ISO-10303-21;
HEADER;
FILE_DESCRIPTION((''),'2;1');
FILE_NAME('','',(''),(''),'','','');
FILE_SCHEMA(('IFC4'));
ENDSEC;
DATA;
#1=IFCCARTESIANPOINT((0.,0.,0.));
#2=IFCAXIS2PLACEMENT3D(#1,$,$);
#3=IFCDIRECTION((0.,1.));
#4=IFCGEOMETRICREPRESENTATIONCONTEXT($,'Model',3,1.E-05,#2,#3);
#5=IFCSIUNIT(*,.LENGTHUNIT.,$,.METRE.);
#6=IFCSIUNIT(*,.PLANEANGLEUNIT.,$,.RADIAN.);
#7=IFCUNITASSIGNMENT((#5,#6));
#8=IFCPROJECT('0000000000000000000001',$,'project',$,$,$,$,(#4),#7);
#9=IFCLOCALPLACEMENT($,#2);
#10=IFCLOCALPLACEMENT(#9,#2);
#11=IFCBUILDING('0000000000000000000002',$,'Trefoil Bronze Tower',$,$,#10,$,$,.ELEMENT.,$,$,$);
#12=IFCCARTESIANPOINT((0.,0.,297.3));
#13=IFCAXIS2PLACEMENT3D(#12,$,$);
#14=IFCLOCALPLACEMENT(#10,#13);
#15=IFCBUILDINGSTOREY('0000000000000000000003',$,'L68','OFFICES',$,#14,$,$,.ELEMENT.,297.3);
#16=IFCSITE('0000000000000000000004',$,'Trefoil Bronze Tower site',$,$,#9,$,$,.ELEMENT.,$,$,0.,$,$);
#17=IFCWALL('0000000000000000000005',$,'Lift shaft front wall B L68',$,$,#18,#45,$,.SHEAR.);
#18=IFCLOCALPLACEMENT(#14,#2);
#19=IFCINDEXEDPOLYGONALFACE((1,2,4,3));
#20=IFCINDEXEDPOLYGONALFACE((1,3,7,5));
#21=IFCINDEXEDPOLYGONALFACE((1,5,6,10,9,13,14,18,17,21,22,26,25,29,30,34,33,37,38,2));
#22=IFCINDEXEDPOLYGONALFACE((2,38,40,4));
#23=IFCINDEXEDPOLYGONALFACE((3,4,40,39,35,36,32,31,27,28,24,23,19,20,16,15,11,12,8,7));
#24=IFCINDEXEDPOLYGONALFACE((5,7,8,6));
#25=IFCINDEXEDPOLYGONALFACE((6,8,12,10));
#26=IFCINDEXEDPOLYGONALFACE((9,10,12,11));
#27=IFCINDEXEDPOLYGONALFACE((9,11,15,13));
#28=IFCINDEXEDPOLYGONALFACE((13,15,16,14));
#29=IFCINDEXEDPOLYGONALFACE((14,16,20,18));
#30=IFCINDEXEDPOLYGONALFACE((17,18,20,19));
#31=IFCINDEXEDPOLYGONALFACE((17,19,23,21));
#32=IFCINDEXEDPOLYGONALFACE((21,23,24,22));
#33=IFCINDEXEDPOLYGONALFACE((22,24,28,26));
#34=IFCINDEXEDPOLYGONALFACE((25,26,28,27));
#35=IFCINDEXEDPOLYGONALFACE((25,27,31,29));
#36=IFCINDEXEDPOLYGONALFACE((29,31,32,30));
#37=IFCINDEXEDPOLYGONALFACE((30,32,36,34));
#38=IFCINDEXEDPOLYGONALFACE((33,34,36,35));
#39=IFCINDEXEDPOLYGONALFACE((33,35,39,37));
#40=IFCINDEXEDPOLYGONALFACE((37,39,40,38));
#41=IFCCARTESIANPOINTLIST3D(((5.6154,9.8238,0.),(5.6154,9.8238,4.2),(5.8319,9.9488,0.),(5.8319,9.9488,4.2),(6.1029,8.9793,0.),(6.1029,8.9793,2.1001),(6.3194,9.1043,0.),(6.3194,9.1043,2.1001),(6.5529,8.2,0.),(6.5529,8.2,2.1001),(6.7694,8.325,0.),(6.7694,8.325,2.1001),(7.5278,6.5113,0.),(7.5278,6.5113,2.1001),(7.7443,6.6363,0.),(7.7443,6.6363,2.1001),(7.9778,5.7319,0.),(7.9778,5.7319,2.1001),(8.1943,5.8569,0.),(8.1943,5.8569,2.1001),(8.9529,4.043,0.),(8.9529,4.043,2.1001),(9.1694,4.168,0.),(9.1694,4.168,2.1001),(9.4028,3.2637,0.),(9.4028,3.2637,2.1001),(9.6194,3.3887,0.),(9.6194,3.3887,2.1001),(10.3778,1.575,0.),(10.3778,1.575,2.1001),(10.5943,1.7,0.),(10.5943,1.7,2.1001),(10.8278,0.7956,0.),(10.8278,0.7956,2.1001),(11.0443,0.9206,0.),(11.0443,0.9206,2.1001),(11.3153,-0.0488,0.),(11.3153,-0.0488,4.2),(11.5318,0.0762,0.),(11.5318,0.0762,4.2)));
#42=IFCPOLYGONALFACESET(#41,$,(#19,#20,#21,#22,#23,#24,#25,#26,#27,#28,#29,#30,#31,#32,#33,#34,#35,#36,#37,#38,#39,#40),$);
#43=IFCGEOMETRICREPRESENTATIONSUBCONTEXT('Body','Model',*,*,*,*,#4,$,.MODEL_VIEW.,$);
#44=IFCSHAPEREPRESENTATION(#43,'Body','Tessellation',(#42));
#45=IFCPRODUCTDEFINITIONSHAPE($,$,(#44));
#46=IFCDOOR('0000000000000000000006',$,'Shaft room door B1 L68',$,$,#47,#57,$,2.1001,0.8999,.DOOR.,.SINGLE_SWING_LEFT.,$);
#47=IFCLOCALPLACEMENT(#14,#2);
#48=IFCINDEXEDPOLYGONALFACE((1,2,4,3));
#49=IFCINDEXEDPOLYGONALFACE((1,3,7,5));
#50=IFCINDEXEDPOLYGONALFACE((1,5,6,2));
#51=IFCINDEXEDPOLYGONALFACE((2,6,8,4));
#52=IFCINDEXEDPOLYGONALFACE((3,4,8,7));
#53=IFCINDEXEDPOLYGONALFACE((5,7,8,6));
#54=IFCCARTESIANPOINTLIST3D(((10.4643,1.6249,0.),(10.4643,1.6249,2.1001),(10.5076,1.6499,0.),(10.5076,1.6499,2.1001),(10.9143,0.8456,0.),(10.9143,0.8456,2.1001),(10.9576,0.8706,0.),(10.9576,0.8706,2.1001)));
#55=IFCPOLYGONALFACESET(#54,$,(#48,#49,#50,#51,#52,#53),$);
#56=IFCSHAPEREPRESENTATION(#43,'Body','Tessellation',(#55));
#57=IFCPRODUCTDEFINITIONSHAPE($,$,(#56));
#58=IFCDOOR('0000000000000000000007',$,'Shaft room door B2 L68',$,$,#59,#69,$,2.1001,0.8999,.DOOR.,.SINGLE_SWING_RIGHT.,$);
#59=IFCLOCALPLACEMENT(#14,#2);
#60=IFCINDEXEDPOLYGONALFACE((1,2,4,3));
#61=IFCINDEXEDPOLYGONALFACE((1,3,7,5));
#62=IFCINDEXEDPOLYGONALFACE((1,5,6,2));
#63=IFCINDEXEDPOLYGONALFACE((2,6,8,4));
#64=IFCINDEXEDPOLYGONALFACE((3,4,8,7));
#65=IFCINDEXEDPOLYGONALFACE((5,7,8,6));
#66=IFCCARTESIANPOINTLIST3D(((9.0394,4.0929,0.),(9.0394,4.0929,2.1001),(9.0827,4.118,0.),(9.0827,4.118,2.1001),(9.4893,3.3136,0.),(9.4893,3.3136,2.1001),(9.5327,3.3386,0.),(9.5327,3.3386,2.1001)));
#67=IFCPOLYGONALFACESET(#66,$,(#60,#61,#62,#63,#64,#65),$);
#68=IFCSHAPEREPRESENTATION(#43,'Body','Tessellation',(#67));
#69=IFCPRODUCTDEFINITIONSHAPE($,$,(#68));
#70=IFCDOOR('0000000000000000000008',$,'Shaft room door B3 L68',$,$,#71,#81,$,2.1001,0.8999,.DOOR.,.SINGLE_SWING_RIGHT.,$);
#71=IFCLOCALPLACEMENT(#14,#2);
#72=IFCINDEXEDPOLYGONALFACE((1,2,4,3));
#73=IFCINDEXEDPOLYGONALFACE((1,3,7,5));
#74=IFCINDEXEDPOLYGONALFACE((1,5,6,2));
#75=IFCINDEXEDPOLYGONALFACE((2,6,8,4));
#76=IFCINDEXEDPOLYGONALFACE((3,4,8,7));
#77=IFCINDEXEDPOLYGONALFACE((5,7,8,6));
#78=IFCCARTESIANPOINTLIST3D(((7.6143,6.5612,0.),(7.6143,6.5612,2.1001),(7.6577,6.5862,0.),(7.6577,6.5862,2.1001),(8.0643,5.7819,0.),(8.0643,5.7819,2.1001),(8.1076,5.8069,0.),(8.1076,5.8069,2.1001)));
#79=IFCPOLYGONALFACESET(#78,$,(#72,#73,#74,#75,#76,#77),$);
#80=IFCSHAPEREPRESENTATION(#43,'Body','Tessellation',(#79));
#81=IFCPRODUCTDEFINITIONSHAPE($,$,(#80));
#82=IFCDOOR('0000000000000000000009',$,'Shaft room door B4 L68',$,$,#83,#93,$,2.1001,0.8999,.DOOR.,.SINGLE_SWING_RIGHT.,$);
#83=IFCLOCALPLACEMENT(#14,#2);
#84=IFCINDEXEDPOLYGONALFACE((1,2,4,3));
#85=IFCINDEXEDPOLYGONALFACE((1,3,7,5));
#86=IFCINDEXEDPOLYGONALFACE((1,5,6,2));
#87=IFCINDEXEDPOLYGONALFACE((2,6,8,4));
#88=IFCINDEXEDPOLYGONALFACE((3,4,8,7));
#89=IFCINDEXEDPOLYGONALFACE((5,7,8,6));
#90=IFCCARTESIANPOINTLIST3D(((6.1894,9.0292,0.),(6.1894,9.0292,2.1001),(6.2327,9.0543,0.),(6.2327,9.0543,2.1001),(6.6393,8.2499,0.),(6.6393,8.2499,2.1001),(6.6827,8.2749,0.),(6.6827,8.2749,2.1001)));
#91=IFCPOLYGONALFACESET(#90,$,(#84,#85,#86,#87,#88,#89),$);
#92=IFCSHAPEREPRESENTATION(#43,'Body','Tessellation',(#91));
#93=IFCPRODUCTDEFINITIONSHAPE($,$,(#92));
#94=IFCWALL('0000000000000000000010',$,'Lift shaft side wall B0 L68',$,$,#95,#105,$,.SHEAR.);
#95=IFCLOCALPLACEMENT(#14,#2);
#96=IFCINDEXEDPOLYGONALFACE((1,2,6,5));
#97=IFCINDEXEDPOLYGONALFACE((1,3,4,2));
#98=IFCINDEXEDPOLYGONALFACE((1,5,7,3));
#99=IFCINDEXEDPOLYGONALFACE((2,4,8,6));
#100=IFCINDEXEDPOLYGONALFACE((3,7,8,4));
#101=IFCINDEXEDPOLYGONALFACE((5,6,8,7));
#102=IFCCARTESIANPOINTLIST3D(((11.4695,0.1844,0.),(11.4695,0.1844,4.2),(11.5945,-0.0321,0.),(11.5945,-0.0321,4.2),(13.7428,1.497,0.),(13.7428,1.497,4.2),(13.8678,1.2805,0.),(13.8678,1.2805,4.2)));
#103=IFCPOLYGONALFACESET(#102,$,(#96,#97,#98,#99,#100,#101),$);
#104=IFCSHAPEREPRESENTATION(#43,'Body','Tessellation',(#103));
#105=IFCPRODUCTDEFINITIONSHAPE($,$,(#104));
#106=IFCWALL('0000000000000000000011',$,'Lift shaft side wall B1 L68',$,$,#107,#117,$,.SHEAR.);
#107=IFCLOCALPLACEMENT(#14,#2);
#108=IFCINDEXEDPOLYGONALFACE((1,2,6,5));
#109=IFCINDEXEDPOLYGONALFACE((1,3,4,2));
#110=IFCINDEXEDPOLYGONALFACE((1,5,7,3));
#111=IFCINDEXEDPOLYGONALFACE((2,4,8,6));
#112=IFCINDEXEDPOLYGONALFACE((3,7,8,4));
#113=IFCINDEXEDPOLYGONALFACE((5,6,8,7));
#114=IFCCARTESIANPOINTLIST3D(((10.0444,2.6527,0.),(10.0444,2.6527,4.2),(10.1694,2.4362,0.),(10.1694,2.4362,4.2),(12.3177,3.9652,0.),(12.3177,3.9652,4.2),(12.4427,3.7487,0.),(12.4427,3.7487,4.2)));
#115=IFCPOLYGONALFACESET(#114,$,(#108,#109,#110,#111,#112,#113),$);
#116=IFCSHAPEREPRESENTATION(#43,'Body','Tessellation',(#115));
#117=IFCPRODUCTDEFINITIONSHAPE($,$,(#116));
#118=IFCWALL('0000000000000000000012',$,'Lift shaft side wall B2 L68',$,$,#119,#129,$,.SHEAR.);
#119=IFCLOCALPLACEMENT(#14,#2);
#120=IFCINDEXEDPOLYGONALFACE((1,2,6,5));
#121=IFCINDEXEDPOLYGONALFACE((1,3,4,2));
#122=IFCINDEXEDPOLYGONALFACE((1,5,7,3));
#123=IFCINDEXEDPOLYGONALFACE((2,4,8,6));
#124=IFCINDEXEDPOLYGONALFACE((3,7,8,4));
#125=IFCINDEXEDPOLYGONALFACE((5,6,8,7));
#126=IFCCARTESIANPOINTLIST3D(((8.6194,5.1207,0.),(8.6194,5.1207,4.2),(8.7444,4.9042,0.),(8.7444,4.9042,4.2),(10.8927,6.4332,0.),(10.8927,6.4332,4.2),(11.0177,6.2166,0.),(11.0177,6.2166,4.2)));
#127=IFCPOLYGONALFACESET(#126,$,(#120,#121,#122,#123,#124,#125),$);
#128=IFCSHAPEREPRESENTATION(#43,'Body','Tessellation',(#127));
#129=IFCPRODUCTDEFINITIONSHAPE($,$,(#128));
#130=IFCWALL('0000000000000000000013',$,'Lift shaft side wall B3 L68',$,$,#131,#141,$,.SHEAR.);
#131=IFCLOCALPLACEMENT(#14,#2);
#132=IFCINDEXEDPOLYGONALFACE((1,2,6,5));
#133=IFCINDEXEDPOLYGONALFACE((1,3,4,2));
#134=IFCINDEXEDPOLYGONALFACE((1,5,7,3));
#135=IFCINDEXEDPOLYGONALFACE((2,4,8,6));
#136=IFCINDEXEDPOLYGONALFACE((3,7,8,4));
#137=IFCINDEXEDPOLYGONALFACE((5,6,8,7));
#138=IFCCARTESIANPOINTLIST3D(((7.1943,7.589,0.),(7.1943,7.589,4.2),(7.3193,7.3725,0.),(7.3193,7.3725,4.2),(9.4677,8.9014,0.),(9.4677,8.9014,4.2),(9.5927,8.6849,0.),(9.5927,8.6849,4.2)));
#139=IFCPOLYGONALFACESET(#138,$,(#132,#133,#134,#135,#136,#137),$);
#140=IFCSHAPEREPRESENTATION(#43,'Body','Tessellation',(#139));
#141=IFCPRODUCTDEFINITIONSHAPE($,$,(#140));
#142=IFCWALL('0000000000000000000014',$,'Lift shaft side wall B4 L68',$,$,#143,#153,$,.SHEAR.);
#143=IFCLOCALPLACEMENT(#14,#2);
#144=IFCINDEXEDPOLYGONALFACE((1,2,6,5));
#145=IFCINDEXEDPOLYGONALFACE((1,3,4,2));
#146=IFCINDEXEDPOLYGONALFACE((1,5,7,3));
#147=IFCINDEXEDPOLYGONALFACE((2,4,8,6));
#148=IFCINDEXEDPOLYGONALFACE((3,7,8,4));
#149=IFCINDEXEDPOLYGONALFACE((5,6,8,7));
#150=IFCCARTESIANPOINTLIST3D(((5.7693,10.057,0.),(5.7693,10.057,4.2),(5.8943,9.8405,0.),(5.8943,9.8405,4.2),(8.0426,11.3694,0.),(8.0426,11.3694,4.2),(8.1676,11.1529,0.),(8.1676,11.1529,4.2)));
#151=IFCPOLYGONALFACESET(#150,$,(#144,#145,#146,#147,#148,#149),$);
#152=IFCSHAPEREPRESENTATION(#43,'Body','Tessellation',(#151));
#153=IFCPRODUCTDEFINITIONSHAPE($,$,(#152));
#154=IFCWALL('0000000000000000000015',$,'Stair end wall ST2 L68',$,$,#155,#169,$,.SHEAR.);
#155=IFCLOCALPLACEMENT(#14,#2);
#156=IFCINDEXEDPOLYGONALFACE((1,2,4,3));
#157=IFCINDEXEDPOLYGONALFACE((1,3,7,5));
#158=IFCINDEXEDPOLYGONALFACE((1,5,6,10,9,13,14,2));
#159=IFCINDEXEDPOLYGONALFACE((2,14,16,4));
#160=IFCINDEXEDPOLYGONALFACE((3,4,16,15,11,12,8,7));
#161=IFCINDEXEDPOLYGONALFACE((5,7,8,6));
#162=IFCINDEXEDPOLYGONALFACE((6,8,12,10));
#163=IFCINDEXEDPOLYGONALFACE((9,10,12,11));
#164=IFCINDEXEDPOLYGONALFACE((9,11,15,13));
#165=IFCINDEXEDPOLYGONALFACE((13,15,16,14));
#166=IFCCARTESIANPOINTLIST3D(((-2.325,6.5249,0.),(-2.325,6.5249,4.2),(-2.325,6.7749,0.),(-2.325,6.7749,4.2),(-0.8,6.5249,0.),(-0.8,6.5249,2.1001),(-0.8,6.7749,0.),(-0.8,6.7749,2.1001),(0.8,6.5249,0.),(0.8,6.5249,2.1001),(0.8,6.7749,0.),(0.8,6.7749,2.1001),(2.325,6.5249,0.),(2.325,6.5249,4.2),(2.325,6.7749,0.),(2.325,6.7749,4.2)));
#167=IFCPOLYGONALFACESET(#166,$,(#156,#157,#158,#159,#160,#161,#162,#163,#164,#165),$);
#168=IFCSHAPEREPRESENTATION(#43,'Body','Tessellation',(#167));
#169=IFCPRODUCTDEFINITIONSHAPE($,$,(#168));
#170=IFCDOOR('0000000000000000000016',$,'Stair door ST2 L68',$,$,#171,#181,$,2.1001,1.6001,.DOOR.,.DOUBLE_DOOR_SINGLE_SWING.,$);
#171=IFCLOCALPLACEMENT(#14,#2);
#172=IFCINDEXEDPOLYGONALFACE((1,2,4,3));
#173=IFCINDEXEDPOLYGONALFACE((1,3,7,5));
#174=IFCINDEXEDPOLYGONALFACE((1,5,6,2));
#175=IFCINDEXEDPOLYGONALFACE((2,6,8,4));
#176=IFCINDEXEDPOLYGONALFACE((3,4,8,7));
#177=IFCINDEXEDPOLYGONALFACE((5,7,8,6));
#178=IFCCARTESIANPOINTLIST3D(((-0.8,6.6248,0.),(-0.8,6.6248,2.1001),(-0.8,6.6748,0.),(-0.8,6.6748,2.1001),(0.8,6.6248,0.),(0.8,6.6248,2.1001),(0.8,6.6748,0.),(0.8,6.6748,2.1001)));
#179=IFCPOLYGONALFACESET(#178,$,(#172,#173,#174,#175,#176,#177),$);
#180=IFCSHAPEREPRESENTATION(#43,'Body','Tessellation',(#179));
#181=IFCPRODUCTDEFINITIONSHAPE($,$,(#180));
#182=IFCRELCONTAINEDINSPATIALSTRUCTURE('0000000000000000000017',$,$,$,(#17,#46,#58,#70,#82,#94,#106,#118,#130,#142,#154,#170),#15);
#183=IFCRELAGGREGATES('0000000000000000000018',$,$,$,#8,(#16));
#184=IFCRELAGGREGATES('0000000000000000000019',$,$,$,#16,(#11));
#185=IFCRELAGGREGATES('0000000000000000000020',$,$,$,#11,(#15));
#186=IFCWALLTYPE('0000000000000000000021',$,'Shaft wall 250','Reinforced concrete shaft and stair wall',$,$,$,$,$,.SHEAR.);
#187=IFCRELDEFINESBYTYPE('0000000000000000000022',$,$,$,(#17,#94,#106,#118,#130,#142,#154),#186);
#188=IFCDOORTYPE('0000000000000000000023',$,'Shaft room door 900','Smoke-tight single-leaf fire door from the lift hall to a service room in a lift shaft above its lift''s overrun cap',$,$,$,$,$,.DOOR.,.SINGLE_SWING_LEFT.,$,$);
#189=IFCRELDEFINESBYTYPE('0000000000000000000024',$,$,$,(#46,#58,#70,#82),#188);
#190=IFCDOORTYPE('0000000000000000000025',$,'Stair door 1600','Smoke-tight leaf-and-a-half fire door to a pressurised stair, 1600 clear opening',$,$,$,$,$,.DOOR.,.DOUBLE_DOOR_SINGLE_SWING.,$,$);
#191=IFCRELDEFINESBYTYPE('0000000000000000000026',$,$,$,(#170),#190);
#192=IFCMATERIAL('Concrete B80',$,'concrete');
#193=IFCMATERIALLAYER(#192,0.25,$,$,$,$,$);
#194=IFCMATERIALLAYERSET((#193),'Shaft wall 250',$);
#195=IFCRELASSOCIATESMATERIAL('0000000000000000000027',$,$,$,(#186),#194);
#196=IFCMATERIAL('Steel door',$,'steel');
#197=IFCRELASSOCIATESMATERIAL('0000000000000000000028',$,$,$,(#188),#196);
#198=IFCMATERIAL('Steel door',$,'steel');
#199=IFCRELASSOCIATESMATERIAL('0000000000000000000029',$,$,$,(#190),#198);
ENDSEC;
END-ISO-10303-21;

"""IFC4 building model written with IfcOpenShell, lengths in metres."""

from ifc_helpers import new_model, si_unit, direction, frame, frame_2d, origin, place, context, subcontext, project, spatial, rectangle, extrude, material, layer, layer_set, type_object, element, fill, save


model = new_model("IFC4")

# Units and contexts
model_context = context("Model", 3, precision=1e-05, world=origin(), true_north=direction((0.0, 1.0)))
body_context = subcontext(model_context, "Body", "Model", "MODEL_VIEW")
ifc_project = project(units=[si_unit("LENGTHUNIT", "METRE"), si_unit("PLANEANGLEUNIT", "RADIAN")], contexts=[model_context])

# Site, building, storey
site_placement = place(None, origin())
site = spatial("IfcSite", under=ifc_project, at=site_placement, Name="Trefoil Bronze Tower site", CompositionType="ELEMENT", RefElevation=0.0)
building_placement = place(site_placement, origin())
building = spatial("IfcBuilding", under=site, at=building_placement, Name="Trefoil Bronze Tower", CompositionType="ELEMENT")
storey_placement = place(building_placement, frame((0.0, 0.0, 297.3)))
storey = spatial("IfcBuildingStorey", under=building, at=storey_placement, Name="L68", Description="OFFICES", CompositionType="ELEMENT", Elevation=297.3)

# Wall, openings, doors
ifc_material_1 = material(Name="Concrete B80", Category="concrete")
ifc_layer_1 = layer(ifc_material_1, 0.25)
ifc_layer_set_1 = layer_set([ifc_layer_1], Name="Shaft wall 250")
wall_type_1 = type_object("IfcWallType", Name="Shaft wall 250", Description="Reinforced concrete shaft and stair wall", PredefinedType="SHEAR", material=ifc_layer_set_1)
wall_1_placement = place(storey_placement, frame((11.4236, 0.0137, 0.0), z_axis=(0.0, 0.0, 1.0), x_axis=(-0.500002, 0.866024, 0.0)))
wall_1 = element("IfcWall", 1, at=wall_1_placement, inside=storey, type_object=wall_type_1, Name="Lift shaft front wall B L68", PredefinedType="SHEAR", context=body_context, shape_type="SweptSolid", body=[
    extrude(rectangle(XDim=11.3999, YDim=0.25, at=frame_2d((5.7, 0.0))), origin(), (0.0, 0.0, 1.0), 4.2),
])
opening_1_placement = place(wall_1_placement, frame((0.9751, 0.0, 0.0)))
opening_1 = element("IfcOpeningElement", 2, at=opening_1_placement, cuts=wall_1, PredefinedType="OPENING", context=body_context, shape_type="SweptSolid", body=[
    extrude(rectangle(XDim=0.8999, YDim=2.1001, at=frame_2d((0.45, 1.05))), frame((0.0, 0.135, 0.0), z_axis=(0.0, -1.0, 0.0), x_axis=(1.0, 0.0, 0.0)), (0.0, 0.0, 1.0), 0.27),
])
opening_2_placement = place(wall_1_placement, frame((3.825, 0.0, 0.0)))
opening_2 = element("IfcOpeningElement", 3, at=opening_2_placement, cuts=wall_1, PredefinedType="OPENING", context=body_context, shape_type="SweptSolid", body=[
    extrude(rectangle(XDim=0.8999, YDim=2.1001, at=frame_2d((0.45, 1.05))), frame((0.0, 0.135, 0.0), z_axis=(0.0, -1.0, 0.0), x_axis=(1.0, 0.0, 0.0)), (0.0, 0.0, 1.0), 0.27),
])
opening_3_placement = place(wall_1_placement, frame((6.675, 0.0, 0.0)))
opening_3 = element("IfcOpeningElement", 4, at=opening_3_placement, cuts=wall_1, PredefinedType="OPENING", context=body_context, shape_type="SweptSolid", body=[
    extrude(rectangle(XDim=0.8999, YDim=2.1001, at=frame_2d((0.45, 1.05))), frame((0.0, 0.135, 0.0), z_axis=(0.0, -1.0, 0.0), x_axis=(1.0, 0.0, 0.0)), (0.0, 0.0, 1.0), 0.27),
])
opening_4_placement = place(wall_1_placement, frame((9.5249, 0.0, 0.0)))
opening_4 = element("IfcOpeningElement", 5, at=opening_4_placement, cuts=wall_1, PredefinedType="OPENING", context=body_context, shape_type="SweptSolid", body=[
    extrude(rectangle(XDim=0.8999, YDim=2.1001, at=frame_2d((0.45, 1.05))), frame((0.0, 0.135, 0.0), z_axis=(0.0, -1.0, 0.0), x_axis=(1.0, 0.0, 0.0)), (0.0, 0.0, 1.0), 0.27),
])
ifc_material_2 = material(Name="Steel door", Category="steel")
door_type_1 = type_object("IfcDoorType", Name="Shaft room door 900", Description="Smoke-tight single-leaf fire door from the lift hall to a service room in a lift shaft above its lift's overrun cap", OperationType="SINGLE_SWING_LEFT", PredefinedType="DOOR", material=ifc_material_2)
door_1_placement = place(opening_1_placement, frame((0.8999, 0.0, 0.0), z_axis=(0.0, 0.0, 1.0), x_axis=(-1.0, 0.0, 0.0)))
door_1 = element("IfcDoor", 6, at=door_1_placement, inside=storey, type_object=door_type_1, Name="Shaft room door B1 L68", OperationType="SINGLE_SWING_LEFT", OverallHeight=2.1001, OverallWidth=0.8999, PredefinedType="DOOR", context=body_context, shape_type="SweptSolid", body=[
    extrude(rectangle(XDim=0.8999, YDim=2.1001, at=frame_2d((0.45, 1.05))), frame((0.0, 0.0249, 0.0), z_axis=(0.0, -1.0, 0.0), x_axis=(1.0, 0.0, 0.0)), (0.0, 0.0, 1.0), 0.05),
])
fill(opening_1, door_1)
door_2_placement = place(opening_2_placement, frame((0.8999, 0.0, 0.0), z_axis=(0.0, 0.0, 1.0), x_axis=(-1.0, 0.0, 0.0)))
door_2 = element("IfcDoor", 7, at=door_2_placement, inside=storey, type_object=door_type_1, Name="Shaft room door B2 L68", OperationType="SINGLE_SWING_RIGHT", OverallHeight=2.1001, OverallWidth=0.8999, PredefinedType="DOOR", context=body_context, shape_type="SweptSolid", body=[
    extrude(rectangle(XDim=0.8999, YDim=2.1001, at=frame_2d((0.45, 1.05))), frame((0.0, 0.0249, 0.0), z_axis=(0.0, -1.0, 0.0), x_axis=(1.0, 0.0, 0.0)), (0.0, 0.0, 1.0), 0.05),
])
fill(opening_2, door_2)
door_3_placement = place(opening_3_placement, frame((0.8999, 0.0, 0.0), z_axis=(0.0, 0.0, 1.0), x_axis=(-1.0, 0.0, 0.0)))
door_3 = element("IfcDoor", 8, at=door_3_placement, inside=storey, type_object=door_type_1, Name="Shaft room door B3 L68", OperationType="SINGLE_SWING_RIGHT", OverallHeight=2.1001, OverallWidth=0.8999, PredefinedType="DOOR", context=body_context, shape_type="SweptSolid", body=[
    extrude(rectangle(XDim=0.8999, YDim=2.1001, at=frame_2d((0.45, 1.05))), frame((0.0, 0.0249, 0.0), z_axis=(0.0, -1.0, 0.0), x_axis=(1.0, 0.0, 0.0)), (0.0, 0.0, 1.0), 0.05),
])
fill(opening_3, door_3)
door_4_placement = place(opening_4_placement, frame((0.8999, 0.0, 0.0), z_axis=(0.0, 0.0, 1.0), x_axis=(-1.0, 0.0, 0.0)))
door_4 = element("IfcDoor", 9, at=door_4_placement, inside=storey, type_object=door_type_1, Name="Shaft room door B4 L68", OperationType="SINGLE_SWING_RIGHT", OverallHeight=2.1001, OverallWidth=0.8999, PredefinedType="DOOR", context=body_context, shape_type="SweptSolid", body=[
    extrude(rectangle(XDim=0.8999, YDim=2.1001, at=frame_2d((0.45, 1.05))), frame((0.0, 0.0249, 0.0), z_axis=(0.0, -1.0, 0.0), x_axis=(1.0, 0.0, 0.0)), (0.0, 0.0, 1.0), 0.05),
])
fill(opening_4, door_4)

# Walls
for number, where, z_axis, x_axis, name in (
    (10, (11.532, 0.0762, 0.0), (0.0, 0.0, 1.0), (0.866014, 0.50002, 0.0), "Lift shaft side wall B0 L68"),
    (11, (10.1069, 2.5444, 0.0), (0.0, 0.0, 1.0), (0.866014, 0.50002, 0.0), "Lift shaft side wall B1 L68"),
    (12, (8.6819, 5.0125, 0.0), (0.0, 0.0, 1.0), (0.866037, 0.49998, 0.0), "Lift shaft side wall B2 L68"),
    (13, (7.2568, 7.4807, 0.0), (0.0, 0.0, 1.0), (0.866037, 0.49998, 0.0), "Lift shaft side wall B3 L68"),
    (14, (5.8318, 9.9487, 0.0), (0.0, 0.0, 1.0), (0.866037, 0.49998, 0.0), "Lift shaft side wall B4 L68"),
):
    element("IfcWall", number, at=place(storey_placement, frame(where, z_axis=z_axis, x_axis=x_axis)), inside=storey, type_object=wall_type_1, Name=name, PredefinedType="SHEAR", context=body_context, shape_type="SweptSolid", body=[
        extrude(rectangle(XDim=2.625, YDim=0.25, at=frame_2d((1.3125, 0.0))), origin(), (0.0, 0.0, 1.0), 4.2),
    ])

# Wall, opening, door
wall_2_placement = place(storey_placement, frame((2.325, 6.6499, 0.0), z_axis=(0.0, 0.0, 1.0), x_axis=(-1.0, 0.0, 0.0)))
wall_2 = element("IfcWall", 15, at=wall_2_placement, inside=storey, type_object=wall_type_1, Name="Stair end wall ST2 L68", PredefinedType="SHEAR", context=body_context, shape_type="SweptSolid", body=[
    extrude(rectangle(XDim=4.6499, YDim=0.25, at=frame_2d((2.325, 0.0))), origin(), (0.0, 0.0, 1.0), 4.2),
])
opening_5_placement = place(wall_2_placement, frame((1.5249, 0.0, 0.0)))
opening_5 = element("IfcOpeningElement", 16, at=opening_5_placement, cuts=wall_2, PredefinedType="OPENING", context=body_context, shape_type="SweptSolid", body=[
    extrude(rectangle(XDim=1.6001, YDim=2.1001, at=frame_2d((0.8, 1.05))), frame((0.0, 0.135, 0.0), z_axis=(0.0, -1.0, 0.0), x_axis=(1.0, 0.0, 0.0)), (0.0, 0.0, 1.0), 0.27),
])
ifc_material_3 = material(Name="Steel door", Category="steel")
door_type_2 = type_object("IfcDoorType", Name="Stair door 1600", Description="Smoke-tight leaf-and-a-half fire door to a pressurised stair, 1600 clear opening", OperationType="DOUBLE_DOOR_SINGLE_SWING", PredefinedType="DOOR", material=ifc_material_3)
door_5_placement = place(opening_5_placement, frame((1.6001, 0.0, 0.0), z_axis=(0.0, 0.0, 1.0), x_axis=(-1.0, 0.0, 0.0)))
door_5 = element("IfcDoor", 17, at=door_5_placement, inside=storey, type_object=door_type_2, Name="Stair door ST2 L68", OperationType="DOUBLE_DOOR_SINGLE_SWING", OverallHeight=2.1001, OverallWidth=1.6001, PredefinedType="DOOR", context=body_context, shape_type="SweptSolid", body=[
    extrude(rectangle(XDim=1.6001, YDim=2.1001, at=frame_2d((0.8, 1.05))), frame((0.0, 0.0249, 0.0), z_axis=(0.0, -1.0, 0.0), x_axis=(1.0, 0.0, 0.0)), (0.0, 0.0, 1.0), 0.05),
])
fill(opening_5, door_5)

save(model, "model.ifc")
